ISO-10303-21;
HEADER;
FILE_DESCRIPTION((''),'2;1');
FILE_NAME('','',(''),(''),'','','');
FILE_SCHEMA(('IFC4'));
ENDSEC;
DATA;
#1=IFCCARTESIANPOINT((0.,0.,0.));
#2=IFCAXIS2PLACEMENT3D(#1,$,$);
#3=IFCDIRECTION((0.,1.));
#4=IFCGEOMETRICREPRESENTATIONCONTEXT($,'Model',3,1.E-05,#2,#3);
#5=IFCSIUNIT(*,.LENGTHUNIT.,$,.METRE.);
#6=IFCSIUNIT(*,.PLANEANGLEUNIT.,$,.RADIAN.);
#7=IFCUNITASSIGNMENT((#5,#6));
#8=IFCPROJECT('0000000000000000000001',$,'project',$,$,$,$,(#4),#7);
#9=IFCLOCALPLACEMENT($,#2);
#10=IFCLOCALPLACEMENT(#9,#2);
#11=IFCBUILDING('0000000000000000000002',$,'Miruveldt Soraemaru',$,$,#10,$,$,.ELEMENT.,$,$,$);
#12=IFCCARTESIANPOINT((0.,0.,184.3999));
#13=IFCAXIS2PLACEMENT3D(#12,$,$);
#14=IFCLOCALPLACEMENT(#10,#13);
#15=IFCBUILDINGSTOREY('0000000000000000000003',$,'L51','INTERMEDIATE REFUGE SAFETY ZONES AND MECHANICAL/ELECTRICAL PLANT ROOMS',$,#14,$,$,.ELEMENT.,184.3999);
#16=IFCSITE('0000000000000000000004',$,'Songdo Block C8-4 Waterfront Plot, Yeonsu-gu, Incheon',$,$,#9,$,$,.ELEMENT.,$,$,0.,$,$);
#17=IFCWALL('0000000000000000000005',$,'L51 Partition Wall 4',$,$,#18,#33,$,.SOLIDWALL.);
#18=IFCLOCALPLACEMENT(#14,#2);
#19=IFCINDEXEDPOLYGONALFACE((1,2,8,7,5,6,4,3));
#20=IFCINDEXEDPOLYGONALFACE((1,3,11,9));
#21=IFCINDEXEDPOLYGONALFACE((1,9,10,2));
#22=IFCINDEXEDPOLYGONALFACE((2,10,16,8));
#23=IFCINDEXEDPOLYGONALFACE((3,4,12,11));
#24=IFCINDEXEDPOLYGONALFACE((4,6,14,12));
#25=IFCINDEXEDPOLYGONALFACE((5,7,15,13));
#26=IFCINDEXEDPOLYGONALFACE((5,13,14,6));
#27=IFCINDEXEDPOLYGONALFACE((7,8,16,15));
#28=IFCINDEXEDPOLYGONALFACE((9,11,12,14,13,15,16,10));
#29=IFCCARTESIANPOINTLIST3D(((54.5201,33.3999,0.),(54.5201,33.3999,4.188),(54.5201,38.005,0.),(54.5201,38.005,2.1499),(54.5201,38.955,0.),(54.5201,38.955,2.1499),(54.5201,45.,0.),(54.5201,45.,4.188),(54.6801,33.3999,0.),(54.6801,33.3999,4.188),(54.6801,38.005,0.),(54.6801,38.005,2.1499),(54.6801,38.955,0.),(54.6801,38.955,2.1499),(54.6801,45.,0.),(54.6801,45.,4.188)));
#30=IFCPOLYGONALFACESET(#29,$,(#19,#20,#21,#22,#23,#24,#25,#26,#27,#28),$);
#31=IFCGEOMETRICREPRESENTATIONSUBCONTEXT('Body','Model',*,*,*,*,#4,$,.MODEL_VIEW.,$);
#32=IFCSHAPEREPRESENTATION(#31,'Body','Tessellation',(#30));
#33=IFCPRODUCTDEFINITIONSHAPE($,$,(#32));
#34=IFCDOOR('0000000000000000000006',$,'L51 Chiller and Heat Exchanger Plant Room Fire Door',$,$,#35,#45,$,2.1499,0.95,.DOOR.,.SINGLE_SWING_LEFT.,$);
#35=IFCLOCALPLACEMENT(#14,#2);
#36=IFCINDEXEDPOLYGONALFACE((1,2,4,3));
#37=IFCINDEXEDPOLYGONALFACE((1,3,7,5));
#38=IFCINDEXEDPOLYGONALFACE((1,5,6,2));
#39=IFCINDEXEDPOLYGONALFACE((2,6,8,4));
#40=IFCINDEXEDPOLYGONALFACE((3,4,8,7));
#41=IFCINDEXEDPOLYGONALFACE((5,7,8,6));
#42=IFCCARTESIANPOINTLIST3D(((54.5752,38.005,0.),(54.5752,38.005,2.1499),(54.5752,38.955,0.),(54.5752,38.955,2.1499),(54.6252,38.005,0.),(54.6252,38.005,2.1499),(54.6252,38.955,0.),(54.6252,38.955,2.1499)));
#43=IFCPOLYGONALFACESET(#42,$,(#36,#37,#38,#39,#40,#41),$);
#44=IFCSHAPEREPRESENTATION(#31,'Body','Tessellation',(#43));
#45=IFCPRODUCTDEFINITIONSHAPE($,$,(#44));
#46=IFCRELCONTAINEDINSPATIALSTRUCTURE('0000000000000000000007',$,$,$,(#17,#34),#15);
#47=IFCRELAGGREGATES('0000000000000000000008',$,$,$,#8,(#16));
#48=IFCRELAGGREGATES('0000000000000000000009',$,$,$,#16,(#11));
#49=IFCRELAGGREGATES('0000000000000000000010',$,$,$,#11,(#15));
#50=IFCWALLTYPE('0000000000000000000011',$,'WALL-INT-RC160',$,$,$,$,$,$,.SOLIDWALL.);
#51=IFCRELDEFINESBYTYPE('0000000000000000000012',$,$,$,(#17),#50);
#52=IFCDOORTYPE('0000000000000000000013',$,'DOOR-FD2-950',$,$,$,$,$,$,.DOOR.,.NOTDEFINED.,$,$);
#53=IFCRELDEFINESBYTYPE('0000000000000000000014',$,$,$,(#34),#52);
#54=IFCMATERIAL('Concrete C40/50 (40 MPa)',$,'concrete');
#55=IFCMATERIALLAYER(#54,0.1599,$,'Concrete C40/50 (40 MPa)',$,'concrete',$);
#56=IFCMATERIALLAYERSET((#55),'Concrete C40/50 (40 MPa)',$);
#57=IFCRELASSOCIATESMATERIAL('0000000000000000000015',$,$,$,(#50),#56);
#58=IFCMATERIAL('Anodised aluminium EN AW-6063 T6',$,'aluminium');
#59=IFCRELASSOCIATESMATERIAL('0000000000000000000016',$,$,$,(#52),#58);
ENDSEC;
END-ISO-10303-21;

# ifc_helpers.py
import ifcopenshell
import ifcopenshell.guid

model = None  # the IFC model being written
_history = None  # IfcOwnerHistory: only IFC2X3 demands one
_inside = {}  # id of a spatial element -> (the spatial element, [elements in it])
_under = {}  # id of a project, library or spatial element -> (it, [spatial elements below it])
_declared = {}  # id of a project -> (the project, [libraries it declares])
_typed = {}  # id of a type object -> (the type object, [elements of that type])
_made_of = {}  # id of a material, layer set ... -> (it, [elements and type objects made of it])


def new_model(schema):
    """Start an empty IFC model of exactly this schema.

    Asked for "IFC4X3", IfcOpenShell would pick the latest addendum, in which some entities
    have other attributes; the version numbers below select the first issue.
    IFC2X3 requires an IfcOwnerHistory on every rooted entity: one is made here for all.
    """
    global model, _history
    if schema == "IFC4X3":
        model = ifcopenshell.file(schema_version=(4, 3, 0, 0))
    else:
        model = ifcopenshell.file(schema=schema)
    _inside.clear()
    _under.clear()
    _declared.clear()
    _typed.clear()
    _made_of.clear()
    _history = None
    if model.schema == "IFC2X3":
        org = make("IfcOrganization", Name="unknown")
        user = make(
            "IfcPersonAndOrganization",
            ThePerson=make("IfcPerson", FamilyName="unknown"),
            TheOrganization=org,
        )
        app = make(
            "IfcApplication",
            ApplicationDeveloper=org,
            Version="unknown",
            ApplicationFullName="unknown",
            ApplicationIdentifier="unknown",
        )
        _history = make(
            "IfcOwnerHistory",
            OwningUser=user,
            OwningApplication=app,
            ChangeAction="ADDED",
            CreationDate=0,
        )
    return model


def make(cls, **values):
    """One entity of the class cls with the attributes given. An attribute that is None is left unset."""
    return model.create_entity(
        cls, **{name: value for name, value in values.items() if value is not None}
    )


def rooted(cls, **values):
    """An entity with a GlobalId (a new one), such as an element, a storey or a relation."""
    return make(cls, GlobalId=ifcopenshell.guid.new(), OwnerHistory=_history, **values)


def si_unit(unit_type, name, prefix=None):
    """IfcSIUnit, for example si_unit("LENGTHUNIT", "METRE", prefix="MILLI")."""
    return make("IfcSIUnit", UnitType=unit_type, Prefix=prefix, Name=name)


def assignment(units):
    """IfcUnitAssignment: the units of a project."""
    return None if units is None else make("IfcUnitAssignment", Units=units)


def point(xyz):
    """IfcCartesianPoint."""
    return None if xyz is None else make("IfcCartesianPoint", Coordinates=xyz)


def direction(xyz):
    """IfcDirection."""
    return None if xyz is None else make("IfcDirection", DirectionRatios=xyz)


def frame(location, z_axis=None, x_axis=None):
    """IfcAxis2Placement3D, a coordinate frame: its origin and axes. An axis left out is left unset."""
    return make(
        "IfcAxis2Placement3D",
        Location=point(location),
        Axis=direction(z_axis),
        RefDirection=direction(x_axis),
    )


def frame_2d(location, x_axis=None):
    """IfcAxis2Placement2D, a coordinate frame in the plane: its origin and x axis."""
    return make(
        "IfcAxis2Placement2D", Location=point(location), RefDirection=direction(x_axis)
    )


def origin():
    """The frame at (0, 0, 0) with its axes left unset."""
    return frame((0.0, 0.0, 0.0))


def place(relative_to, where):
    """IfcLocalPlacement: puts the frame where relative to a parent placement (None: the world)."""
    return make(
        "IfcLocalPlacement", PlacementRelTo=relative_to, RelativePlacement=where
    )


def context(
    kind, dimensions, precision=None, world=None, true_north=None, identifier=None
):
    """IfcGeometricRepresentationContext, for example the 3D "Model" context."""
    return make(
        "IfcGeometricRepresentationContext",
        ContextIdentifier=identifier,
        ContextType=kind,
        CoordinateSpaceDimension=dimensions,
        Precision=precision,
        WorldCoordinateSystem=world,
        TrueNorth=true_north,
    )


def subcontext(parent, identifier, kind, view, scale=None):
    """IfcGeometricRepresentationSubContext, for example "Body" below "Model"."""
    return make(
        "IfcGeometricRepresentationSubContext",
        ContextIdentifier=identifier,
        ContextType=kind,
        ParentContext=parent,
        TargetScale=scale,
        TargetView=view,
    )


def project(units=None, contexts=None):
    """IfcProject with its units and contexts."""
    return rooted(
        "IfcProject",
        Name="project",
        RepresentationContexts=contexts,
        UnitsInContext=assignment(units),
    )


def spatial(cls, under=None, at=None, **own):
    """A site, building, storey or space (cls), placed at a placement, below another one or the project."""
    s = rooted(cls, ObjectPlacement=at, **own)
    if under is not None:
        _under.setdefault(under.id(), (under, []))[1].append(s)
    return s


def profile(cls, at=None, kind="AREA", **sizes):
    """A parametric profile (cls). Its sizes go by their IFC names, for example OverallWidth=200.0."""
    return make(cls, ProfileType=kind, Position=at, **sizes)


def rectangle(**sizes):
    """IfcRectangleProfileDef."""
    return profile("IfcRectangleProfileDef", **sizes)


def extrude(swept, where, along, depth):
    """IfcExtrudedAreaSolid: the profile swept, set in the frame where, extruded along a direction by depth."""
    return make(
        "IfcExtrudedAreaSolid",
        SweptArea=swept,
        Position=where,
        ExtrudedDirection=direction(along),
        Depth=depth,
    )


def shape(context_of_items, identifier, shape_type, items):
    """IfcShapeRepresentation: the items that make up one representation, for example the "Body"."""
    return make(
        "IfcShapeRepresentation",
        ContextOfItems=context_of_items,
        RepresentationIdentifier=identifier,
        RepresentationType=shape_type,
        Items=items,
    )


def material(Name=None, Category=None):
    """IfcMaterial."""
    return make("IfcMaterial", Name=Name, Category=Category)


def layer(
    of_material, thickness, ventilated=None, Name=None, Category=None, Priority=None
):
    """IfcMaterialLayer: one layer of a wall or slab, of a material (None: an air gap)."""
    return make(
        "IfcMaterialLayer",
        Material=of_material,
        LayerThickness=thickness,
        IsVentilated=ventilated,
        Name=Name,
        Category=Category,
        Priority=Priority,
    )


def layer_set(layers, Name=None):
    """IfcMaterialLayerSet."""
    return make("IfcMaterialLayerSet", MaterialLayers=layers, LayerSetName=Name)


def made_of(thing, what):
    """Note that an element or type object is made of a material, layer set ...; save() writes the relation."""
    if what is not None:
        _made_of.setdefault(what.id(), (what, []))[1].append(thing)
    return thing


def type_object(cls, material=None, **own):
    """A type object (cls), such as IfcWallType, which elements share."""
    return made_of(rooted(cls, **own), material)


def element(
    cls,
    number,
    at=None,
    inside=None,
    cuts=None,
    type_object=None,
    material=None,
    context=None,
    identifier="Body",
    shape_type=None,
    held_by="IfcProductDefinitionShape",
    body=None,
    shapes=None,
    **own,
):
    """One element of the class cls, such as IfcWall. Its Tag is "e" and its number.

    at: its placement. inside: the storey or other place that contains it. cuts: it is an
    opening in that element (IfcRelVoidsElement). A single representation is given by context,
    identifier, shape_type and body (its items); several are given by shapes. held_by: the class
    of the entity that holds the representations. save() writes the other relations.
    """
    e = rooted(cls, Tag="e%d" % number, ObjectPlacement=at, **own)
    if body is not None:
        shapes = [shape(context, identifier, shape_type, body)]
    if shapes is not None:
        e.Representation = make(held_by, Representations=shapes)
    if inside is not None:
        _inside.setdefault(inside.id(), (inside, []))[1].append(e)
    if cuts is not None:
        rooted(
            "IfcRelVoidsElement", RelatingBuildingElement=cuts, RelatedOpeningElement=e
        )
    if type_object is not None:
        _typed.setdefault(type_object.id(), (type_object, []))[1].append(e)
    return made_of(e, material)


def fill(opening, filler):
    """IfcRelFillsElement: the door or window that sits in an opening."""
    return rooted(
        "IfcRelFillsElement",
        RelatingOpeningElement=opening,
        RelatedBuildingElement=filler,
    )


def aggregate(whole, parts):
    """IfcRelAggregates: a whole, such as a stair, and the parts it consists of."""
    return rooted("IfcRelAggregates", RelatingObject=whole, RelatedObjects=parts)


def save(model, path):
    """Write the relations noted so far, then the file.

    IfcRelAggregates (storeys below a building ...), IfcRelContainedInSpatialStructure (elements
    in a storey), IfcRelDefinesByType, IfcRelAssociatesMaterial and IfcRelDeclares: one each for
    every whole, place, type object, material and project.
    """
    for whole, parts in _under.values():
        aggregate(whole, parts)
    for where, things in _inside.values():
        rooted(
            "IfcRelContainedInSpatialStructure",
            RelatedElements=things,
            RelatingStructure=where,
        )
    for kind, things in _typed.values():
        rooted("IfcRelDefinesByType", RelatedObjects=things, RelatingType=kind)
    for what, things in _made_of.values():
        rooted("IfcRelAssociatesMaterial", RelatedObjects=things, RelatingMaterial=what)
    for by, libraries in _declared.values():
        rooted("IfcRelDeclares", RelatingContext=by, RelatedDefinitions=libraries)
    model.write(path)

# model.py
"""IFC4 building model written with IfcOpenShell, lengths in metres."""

from ifc_helpers import new_model, si_unit, direction, frame, frame_2d, origin, place, context, subcontext, project, spatial, rectangle, extrude, material, layer, layer_set, type_object, element, fill, save


model = new_model("IFC4")

# Units and contexts
model_context = context("Model", 3, precision=1e-05, world=origin(), true_north=direction((0.0, 1.0)))
body_context = subcontext(model_context, "Body", "Model", "MODEL_VIEW")
ifc_project = project(units=[si_unit("LENGTHUNIT", "METRE"), si_unit("PLANEANGLEUNIT", "RADIAN")], contexts=[model_context])

# Site, building, storey
site_placement = place(None, origin())
site = spatial("IfcSite", under=ifc_project, at=site_placement, Name="Songdo Block C8-4 Waterfront Plot, Yeonsu-gu, Incheon", CompositionType="ELEMENT", RefElevation=0.0)
building_placement = place(site_placement, origin())
building = spatial("IfcBuilding", under=site, at=building_placement, Name="Miruveldt Soraemaru", CompositionType="ELEMENT")
storey_placement = place(building_placement, frame((0.0, 0.0, 184.3999)))
storey = spatial("IfcBuildingStorey", under=building, at=storey_placement, Name="L51", Description="INTERMEDIATE REFUGE SAFETY ZONES AND MECHANICAL/ELECTRICAL PLANT ROOMS", CompositionType="ELEMENT", Elevation=184.3999)

# Wall, opening, door
ifc_material_1 = material(Name="Concrete C40/50 (40 MPa)", Category="concrete")
ifc_layer_1 = layer(ifc_material_1, 0.1599, Name="Concrete C40/50 (40 MPa)", Category="concrete")
ifc_layer_set_1 = layer_set([ifc_layer_1], Name="Concrete C40/50 (40 MPa)")
wall_type_1 = type_object("IfcWallType", Name="WALL-INT-RC160", PredefinedType="SOLIDWALL", material=ifc_layer_set_1)
wall_1_placement = place(storey_placement, frame((54.6001, 33.3999, 0.0), z_axis=(0.0, 0.0, 1.0), x_axis=(0.0, 1.0, 0.0)))
wall_1 = element("IfcWall", 1, at=wall_1_placement, inside=storey, type_object=wall_type_1, Name="L51 Partition Wall 4", PredefinedType="SOLIDWALL", context=body_context, shape_type="SweptSolid", body=[
    extrude(rectangle(XDim=11.6001, YDim=0.1599, at=frame_2d((5.8, 0.0))), origin(), (0.0, 0.0, 1.0), 4.188),
])
opening_placement = place(wall_1_placement, frame((4.605, 0.0, 0.0)))
opening = element("IfcOpeningElement", 2, at=opening_placement, cuts=wall_1, PredefinedType="OPENING", context=body_context, shape_type="SweptSolid", body=[
    extrude(rectangle(XDim=0.95, YDim=2.1499, at=frame_2d((0.4751, 1.075))), frame((0.0, 0.0898, 0.0), z_axis=(0.0, -1.0, 0.0), x_axis=(1.0, 0.0, 0.0)), (0.0, 0.0, 1.0), 0.1799),
])
ifc_material_2 = material(Name="Anodised aluminium EN AW-6063 T6", Category="aluminium")
door_type = type_object("IfcDoorType", Name="DOOR-FD2-950", OperationType="NOTDEFINED", PredefinedType="DOOR", material=ifc_material_2)
door_placement = place(opening_placement, origin())
door = element("IfcDoor", 3, at=door_placement, inside=storey, type_object=door_type, Name="L51 Chiller and Heat Exchanger Plant Room Fire Door", OperationType="SINGLE_SWING_LEFT", OverallHeight=2.1499, OverallWidth=0.95, PredefinedType="DOOR", context=body_context, shape_type="SweptSolid", body=[
    extrude(rectangle(XDim=0.95, YDim=2.1499, at=frame_2d((0.4751, 1.075))), frame((0.0, 0.0249, 0.0), z_axis=(0.0, -1.0, 0.0), x_axis=(1.0, 0.0, 0.0)), (0.0, 0.0, 1.0), 0.05),
])
fill(opening, door)

save(model, "model.ifc")
